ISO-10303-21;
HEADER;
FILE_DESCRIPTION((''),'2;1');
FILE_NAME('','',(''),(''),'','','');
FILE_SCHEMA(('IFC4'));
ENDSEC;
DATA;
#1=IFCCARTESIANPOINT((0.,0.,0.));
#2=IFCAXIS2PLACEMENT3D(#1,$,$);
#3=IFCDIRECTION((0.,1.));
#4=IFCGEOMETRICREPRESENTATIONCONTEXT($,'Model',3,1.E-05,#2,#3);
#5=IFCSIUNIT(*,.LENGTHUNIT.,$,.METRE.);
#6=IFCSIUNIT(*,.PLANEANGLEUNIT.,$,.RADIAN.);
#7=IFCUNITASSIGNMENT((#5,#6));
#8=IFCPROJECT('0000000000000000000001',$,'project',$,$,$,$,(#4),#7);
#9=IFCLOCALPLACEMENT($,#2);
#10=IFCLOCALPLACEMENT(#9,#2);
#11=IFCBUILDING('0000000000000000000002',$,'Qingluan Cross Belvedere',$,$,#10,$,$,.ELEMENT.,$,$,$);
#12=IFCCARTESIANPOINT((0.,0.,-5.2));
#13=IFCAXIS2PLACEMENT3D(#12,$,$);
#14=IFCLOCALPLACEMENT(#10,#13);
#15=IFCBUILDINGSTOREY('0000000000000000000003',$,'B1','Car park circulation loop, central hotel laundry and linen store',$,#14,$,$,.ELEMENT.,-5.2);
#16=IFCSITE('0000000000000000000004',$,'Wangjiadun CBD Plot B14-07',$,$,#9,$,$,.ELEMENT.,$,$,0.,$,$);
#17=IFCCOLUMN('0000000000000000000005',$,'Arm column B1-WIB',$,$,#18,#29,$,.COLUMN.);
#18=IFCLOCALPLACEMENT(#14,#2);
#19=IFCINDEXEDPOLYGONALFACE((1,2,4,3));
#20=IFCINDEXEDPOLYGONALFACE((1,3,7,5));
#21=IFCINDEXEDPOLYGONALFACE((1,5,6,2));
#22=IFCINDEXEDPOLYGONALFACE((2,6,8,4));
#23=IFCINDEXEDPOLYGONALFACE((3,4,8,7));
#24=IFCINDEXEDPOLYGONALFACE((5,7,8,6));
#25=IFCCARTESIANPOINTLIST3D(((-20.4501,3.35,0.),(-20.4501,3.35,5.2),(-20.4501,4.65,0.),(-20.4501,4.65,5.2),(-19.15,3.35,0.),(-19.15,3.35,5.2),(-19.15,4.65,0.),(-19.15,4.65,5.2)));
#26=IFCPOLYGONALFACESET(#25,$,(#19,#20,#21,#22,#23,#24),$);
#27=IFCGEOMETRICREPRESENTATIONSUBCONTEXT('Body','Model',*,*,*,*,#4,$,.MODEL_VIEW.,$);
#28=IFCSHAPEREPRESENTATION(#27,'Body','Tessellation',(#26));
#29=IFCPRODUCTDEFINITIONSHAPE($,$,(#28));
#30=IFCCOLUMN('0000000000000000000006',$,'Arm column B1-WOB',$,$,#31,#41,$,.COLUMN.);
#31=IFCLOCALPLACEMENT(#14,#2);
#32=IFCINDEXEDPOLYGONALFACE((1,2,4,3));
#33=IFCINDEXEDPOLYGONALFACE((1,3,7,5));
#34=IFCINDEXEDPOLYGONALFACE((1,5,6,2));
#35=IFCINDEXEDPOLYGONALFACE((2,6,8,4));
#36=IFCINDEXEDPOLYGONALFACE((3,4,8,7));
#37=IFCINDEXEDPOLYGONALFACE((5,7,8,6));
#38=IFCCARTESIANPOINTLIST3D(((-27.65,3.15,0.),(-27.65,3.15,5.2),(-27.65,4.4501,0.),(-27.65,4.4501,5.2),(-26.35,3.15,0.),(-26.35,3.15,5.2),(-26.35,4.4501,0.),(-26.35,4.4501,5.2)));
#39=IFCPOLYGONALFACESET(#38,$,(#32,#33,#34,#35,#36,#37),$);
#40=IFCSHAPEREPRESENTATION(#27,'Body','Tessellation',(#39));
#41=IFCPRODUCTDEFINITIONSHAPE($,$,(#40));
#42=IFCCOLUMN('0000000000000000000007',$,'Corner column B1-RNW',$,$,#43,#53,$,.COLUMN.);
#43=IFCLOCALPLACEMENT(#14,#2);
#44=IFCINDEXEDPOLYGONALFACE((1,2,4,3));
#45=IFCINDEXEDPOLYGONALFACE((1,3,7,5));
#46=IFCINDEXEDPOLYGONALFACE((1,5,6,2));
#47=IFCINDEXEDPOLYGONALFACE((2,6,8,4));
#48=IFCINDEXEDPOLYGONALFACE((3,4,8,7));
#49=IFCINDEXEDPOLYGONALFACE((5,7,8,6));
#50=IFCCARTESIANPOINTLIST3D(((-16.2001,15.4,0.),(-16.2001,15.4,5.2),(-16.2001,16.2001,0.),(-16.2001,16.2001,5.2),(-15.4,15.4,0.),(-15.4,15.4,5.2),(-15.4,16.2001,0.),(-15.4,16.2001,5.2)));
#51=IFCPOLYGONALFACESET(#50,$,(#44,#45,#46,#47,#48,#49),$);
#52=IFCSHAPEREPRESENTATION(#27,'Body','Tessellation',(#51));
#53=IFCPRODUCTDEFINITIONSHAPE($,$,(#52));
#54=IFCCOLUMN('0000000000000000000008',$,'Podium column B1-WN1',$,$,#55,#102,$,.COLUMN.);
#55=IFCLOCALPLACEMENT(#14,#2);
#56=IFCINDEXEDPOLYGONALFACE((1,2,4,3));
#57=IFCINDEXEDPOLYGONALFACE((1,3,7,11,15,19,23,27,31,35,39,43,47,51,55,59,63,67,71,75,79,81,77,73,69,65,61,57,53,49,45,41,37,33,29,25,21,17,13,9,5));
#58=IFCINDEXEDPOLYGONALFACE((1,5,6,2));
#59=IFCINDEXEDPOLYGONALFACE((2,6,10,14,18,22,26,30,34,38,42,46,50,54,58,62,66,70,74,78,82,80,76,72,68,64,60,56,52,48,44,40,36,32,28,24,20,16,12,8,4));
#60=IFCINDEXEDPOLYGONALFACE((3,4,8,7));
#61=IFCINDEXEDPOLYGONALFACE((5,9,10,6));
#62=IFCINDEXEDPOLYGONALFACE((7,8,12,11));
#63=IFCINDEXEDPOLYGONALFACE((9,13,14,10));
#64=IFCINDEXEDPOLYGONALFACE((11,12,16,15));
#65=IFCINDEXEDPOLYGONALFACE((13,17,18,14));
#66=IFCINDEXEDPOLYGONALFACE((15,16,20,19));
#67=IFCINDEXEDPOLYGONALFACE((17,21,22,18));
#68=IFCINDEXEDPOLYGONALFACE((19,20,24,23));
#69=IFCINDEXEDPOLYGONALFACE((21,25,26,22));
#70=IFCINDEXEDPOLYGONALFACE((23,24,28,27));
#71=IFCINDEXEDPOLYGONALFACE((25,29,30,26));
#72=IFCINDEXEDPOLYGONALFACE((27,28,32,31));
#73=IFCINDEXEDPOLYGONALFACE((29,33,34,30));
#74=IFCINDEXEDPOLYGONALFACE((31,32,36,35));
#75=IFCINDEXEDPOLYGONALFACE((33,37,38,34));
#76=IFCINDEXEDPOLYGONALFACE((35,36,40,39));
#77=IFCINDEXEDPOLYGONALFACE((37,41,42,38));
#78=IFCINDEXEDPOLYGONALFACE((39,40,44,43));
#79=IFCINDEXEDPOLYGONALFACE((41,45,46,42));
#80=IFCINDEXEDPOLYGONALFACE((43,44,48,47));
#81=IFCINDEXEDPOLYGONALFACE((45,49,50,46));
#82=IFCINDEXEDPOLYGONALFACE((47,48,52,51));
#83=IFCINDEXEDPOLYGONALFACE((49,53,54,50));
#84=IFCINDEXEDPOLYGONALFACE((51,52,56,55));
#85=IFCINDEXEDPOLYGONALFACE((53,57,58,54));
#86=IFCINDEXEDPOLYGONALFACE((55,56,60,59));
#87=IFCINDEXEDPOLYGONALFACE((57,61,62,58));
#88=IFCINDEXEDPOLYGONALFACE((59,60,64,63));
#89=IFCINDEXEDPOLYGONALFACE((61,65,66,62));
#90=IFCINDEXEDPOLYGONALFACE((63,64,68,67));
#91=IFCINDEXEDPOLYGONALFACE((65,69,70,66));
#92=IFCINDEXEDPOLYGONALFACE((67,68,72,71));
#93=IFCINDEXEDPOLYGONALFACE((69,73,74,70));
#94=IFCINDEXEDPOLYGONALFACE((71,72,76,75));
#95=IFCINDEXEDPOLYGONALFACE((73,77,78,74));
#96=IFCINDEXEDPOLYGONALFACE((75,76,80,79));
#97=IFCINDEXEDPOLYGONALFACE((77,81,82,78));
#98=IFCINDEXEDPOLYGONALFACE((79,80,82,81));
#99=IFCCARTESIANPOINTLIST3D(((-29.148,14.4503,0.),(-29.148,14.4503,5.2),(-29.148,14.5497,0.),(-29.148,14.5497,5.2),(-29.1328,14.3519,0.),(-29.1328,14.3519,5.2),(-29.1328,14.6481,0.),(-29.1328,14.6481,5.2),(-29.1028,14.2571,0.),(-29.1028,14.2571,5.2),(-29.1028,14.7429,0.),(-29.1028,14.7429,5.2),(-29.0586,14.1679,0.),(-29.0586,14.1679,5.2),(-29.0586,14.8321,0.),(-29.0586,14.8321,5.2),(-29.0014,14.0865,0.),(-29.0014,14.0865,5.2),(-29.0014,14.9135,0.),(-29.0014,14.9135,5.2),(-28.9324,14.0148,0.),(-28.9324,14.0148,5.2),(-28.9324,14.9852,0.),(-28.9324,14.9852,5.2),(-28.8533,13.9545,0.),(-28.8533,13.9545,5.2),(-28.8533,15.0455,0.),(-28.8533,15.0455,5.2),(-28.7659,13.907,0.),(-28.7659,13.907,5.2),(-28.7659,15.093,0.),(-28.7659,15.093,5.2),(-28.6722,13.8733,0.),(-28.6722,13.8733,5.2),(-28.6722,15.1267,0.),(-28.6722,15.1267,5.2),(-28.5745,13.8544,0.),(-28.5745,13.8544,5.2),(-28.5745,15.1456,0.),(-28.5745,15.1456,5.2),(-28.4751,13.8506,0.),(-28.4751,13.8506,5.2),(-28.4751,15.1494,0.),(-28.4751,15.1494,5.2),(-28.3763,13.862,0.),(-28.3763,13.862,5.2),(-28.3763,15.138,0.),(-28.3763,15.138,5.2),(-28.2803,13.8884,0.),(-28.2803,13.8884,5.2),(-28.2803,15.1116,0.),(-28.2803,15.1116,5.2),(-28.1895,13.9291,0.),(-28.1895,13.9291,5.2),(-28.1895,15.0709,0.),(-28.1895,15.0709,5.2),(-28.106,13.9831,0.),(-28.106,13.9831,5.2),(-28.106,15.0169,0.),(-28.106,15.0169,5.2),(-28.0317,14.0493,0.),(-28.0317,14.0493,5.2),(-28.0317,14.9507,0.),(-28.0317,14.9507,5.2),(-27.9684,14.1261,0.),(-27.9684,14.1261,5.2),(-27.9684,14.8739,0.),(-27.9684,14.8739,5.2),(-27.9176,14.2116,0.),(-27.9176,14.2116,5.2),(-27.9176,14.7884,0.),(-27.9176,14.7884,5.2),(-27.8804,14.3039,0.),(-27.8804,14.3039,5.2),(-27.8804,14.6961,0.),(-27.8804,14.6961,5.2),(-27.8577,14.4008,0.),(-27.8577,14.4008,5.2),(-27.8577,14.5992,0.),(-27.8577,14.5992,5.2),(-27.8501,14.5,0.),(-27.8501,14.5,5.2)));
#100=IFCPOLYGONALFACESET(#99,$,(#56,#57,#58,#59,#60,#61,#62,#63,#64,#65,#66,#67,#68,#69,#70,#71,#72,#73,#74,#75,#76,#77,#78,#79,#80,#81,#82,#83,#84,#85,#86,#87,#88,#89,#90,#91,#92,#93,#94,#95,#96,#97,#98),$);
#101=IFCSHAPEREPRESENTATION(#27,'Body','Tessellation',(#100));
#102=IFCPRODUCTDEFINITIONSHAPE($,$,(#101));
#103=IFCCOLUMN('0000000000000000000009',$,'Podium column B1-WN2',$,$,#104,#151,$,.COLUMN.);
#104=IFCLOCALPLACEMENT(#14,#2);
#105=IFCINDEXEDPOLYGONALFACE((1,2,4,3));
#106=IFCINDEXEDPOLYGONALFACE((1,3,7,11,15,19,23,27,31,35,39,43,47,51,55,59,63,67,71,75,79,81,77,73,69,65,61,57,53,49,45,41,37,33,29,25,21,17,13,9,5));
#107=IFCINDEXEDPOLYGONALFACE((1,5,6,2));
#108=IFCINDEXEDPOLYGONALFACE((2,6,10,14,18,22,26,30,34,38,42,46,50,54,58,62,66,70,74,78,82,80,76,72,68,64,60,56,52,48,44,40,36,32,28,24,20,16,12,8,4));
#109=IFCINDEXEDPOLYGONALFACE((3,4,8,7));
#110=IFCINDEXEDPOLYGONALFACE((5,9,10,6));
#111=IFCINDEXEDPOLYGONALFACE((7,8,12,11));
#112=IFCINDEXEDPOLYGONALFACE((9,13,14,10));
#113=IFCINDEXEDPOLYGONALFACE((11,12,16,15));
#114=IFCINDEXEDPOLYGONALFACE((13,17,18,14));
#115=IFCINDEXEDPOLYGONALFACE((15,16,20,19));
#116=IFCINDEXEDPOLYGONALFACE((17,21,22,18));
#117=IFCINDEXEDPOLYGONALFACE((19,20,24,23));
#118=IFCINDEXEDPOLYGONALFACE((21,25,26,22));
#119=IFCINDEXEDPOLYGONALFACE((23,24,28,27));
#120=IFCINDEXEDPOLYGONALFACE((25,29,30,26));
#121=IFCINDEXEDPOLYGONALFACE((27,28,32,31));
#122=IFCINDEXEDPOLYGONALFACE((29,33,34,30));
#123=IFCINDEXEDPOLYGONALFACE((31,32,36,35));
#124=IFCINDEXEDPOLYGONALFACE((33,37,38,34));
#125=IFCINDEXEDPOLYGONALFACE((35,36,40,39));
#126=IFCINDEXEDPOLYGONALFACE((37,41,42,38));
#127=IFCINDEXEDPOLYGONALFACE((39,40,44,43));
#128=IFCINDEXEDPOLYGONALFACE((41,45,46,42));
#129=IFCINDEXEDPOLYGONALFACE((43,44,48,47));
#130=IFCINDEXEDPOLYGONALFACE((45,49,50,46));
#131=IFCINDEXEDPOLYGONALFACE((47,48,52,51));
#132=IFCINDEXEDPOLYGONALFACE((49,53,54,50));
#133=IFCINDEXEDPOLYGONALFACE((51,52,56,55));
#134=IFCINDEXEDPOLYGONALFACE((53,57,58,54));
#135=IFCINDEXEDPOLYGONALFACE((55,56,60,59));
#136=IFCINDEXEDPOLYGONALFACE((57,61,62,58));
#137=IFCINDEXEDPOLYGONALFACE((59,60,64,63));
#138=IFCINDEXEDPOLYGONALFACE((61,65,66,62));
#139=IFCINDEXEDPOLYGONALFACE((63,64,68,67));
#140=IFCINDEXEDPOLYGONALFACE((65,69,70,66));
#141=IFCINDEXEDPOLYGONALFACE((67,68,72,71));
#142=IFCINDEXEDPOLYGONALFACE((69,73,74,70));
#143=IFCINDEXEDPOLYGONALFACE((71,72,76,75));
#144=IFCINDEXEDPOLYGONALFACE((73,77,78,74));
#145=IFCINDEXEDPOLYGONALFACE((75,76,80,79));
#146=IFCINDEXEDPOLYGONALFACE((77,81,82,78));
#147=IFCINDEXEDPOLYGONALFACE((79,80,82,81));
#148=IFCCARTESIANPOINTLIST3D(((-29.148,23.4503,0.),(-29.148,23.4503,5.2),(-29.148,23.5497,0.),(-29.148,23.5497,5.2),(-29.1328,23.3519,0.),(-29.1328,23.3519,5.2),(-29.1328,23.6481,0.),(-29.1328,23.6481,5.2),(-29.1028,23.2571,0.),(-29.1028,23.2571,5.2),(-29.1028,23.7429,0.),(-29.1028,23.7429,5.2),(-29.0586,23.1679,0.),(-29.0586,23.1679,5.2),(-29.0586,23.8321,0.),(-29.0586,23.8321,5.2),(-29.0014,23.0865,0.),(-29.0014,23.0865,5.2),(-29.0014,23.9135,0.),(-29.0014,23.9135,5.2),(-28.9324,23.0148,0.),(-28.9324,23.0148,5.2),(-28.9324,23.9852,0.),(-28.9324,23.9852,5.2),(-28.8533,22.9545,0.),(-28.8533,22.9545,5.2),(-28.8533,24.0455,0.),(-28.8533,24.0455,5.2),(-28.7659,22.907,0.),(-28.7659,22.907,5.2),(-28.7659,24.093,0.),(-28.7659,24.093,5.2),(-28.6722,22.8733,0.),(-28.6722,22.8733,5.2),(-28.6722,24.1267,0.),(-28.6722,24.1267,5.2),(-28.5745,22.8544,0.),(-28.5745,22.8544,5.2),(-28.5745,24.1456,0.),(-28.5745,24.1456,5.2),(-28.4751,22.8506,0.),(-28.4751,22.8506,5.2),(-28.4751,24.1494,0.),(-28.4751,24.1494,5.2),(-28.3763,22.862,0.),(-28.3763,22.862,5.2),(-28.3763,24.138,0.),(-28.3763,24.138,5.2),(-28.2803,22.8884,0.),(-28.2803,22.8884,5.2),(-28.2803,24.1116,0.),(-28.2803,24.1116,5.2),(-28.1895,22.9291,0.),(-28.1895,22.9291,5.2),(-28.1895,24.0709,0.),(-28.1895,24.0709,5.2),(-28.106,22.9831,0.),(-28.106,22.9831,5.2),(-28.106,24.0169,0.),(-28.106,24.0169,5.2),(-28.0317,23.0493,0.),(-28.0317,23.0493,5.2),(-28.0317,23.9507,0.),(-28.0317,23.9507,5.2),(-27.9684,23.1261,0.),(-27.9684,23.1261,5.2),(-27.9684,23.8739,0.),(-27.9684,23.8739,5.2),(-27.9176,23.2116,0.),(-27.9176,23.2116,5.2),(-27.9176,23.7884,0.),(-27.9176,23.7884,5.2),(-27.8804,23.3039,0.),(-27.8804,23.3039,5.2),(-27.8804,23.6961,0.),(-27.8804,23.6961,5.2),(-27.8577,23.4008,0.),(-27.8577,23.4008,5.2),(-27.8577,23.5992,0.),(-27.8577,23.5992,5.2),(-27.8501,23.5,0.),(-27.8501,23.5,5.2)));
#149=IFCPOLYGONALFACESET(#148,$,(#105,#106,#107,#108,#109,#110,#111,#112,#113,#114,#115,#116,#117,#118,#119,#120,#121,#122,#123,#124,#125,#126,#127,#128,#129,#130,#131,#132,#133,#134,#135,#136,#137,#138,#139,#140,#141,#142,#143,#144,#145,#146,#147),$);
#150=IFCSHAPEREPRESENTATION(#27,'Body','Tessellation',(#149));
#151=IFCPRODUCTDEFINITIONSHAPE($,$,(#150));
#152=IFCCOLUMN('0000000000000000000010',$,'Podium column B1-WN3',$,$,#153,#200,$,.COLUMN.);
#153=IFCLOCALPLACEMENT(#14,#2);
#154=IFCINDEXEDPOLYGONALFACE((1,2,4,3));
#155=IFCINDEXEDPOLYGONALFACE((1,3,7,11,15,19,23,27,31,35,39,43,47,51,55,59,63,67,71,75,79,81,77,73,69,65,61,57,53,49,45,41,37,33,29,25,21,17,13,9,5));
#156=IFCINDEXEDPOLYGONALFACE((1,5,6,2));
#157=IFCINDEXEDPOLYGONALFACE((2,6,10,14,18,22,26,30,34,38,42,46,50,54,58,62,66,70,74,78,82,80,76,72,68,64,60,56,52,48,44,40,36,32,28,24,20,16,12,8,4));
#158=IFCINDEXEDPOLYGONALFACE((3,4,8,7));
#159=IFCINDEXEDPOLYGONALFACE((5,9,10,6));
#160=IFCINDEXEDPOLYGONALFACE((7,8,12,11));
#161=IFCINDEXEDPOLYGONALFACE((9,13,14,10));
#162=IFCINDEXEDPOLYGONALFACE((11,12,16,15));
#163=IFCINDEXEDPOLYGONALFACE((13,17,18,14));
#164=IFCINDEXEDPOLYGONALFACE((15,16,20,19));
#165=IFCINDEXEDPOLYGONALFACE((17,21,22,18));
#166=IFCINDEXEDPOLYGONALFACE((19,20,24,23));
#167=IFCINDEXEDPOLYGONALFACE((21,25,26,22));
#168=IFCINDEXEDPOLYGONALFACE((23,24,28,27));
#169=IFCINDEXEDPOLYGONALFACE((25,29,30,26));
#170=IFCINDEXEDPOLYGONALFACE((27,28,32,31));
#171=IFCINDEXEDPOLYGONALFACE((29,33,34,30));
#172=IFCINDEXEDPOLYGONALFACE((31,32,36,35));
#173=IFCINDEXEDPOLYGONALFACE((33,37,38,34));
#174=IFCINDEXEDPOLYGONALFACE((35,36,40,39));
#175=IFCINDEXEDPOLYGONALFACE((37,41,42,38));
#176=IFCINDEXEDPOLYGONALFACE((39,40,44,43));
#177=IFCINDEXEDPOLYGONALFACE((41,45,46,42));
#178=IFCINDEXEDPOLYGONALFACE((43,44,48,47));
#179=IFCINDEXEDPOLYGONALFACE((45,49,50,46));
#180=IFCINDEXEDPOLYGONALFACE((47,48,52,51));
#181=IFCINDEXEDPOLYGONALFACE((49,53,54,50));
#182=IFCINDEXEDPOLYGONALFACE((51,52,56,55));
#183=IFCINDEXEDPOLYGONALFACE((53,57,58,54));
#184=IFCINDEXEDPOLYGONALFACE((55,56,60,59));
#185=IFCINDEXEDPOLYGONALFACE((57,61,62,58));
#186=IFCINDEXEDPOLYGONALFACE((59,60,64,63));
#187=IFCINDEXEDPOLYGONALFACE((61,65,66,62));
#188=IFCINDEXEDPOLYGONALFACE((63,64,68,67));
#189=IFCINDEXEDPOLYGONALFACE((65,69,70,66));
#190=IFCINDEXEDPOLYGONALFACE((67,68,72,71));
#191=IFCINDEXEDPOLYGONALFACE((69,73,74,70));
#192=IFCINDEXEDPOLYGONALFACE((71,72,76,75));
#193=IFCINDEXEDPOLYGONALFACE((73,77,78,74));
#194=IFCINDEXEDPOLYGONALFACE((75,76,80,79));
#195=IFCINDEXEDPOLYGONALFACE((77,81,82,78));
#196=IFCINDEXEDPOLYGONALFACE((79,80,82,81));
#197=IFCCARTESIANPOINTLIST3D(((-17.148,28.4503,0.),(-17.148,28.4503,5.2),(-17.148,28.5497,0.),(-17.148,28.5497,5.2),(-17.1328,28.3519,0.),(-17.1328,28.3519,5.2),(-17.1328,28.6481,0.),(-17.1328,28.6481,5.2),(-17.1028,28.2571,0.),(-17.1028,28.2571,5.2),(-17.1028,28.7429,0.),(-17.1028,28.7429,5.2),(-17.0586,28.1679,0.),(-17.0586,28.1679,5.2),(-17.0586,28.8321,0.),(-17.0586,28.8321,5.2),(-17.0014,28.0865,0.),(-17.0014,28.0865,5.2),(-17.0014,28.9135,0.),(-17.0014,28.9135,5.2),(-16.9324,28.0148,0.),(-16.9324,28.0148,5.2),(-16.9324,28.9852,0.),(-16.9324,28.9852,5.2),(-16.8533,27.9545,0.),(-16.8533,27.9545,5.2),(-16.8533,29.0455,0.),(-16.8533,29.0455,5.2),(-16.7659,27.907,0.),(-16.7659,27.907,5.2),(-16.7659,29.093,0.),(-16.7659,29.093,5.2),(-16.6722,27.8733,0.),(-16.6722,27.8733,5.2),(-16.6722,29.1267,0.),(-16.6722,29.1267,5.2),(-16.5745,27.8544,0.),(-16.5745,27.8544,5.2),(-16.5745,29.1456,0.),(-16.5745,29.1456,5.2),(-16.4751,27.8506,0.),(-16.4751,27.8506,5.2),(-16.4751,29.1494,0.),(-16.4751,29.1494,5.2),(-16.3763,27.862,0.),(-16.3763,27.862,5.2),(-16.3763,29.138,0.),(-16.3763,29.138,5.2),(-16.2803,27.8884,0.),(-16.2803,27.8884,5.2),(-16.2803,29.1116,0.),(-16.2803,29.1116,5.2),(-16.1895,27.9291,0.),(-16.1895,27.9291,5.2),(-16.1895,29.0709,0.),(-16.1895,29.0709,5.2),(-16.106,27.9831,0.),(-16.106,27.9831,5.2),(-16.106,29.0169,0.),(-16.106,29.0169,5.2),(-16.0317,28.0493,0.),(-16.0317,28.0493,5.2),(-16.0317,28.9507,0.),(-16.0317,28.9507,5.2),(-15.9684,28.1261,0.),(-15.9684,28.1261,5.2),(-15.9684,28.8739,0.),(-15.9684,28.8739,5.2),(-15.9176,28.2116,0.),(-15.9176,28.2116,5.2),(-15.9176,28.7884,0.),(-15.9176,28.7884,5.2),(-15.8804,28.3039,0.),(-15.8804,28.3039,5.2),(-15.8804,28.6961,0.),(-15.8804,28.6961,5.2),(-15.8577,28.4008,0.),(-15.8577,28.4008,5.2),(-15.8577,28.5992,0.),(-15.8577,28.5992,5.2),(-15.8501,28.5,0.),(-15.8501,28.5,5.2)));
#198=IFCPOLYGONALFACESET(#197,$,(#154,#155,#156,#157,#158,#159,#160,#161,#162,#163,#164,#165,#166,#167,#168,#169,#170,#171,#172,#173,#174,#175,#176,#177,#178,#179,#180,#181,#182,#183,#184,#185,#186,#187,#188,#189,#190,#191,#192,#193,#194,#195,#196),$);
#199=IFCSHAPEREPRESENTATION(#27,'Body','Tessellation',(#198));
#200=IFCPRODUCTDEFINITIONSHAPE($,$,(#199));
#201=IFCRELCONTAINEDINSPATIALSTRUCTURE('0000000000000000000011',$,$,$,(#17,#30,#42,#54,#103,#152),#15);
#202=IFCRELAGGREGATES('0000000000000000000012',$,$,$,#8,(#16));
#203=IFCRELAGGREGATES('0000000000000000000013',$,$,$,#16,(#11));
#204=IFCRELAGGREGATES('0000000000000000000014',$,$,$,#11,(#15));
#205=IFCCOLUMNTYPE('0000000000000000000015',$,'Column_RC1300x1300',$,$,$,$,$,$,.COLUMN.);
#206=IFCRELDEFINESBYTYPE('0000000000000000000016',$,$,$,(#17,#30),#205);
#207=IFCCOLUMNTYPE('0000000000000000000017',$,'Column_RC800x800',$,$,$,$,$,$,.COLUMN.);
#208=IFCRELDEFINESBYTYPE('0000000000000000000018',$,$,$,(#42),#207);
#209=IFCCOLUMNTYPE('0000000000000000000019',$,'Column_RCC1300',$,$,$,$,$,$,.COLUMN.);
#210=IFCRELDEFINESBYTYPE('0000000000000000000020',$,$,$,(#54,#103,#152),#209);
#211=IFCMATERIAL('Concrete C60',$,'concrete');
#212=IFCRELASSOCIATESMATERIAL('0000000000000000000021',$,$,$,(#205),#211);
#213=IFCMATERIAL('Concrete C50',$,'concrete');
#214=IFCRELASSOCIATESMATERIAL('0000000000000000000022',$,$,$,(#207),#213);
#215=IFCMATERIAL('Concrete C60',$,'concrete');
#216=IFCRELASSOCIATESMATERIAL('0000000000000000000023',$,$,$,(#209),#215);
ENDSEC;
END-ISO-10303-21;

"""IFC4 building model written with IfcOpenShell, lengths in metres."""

from ifc_helpers import new_model, si_unit, direction, frame, origin, origin_2d, place, context, subcontext, project, spatial, rectangle, circle, extrude, material, material_profile, profile_set, type_object, element, save


model = new_model("IFC4")

# Units and contexts
model_context = context("Model", 3, precision=1e-05, world=origin(), true_north=direction((0.0, 1.0)))
body_context = subcontext(model_context, "Body", "Model", "MODEL_VIEW")
ifc_project = project(units=[si_unit("LENGTHUNIT", "METRE"), si_unit("PLANEANGLEUNIT", "RADIAN")], contexts=[model_context])

# Site, building, storey
site_placement = place(None, origin())
site = spatial("IfcSite", under=ifc_project, at=site_placement, Name="Wangjiadun CBD Plot B14-07", CompositionType="ELEMENT", RefElevation=0.0)
building_placement = place(site_placement, origin())
building = spatial("IfcBuilding", under=site, at=building_placement, Name="Qingluan Cross Belvedere", CompositionType="ELEMENT")
storey_placement = place(building_placement, frame((0.0, 0.0, -5.2)))
storey = spatial("IfcBuildingStorey", under=building, at=storey_placement, Name="B1", Description="Car park circulation loop, central hotel laundry and linen store", CompositionType="ELEMENT", Elevation=-5.2)

# Columns
ifc_material_1 = material(Name="Concrete C60", Category="concrete")
ifc_material_profile_1 = material_profile(ifc_material_1, rectangle(XDim=1.3, YDim=1.3, at=origin_2d()), Name="RC1300x1300")
ifc_profile_set_1 = profile_set([ifc_material_profile_1], Name="Concrete C60")
column_type_1 = type_object("IfcColumnType", Name="Column_RC1300x1300", PredefinedType="COLUMN", material=ifc_profile_set_1)
for number, where, z_axis, x_axis, name in (
    (1, (-19.8, 4.0, 0.0), (0.0, 0.0, 1.0), (1.0, 0.0, 0.0), "Arm column B1-WIB"),
    (2, (-27.0, 3.8, 0.0), (0.0, 0.0, 1.0), (1.0, 0.0, 0.0), "Arm column B1-WOB"),
):
    element("IfcColumn", number, at=place(storey_placement, frame(where, z_axis=z_axis, x_axis=x_axis)), inside=storey, type_object=column_type_1, Name=name, PredefinedType="COLUMN", context=body_context, shape_type="SweptSolid", body=[
        extrude(rectangle(XDim=1.3, YDim=1.3, at=origin_2d()), origin(), (0.0, 0.0, 1.0), 5.2),
    ])
ifc_material_2 = material(Name="Concrete C50", Category="concrete")
ifc_material_profile_2 = material_profile(ifc_material_2, rectangle(XDim=0.8, YDim=0.8, at=origin_2d()), Name="RC800x800")
ifc_profile_set_2 = profile_set([ifc_material_profile_2], Name="Concrete C50")
column_type_2 = type_object("IfcColumnType", Name="Column_RC800x800", PredefinedType="COLUMN", material=ifc_profile_set_2)
column_1_placement = place(storey_placement, frame((-15.8, 15.8, 0.0), z_axis=(0.0, 0.0, 1.0), x_axis=(1.0, 0.0, 0.0)))
element("IfcColumn", 3, at=column_1_placement, inside=storey, type_object=column_type_2, Name="Corner column B1-RNW", PredefinedType="COLUMN", context=body_context, shape_type="SweptSolid", body=[
    extrude(rectangle(XDim=0.8, YDim=0.8, at=origin_2d()), origin(), (0.0, 0.0, 1.0), 5.2),
])
ifc_material_3 = material(Name="Concrete C60", Category="concrete")
ifc_material_profile_3 = material_profile(ifc_material_3, circle(Radius=0.6499, at=origin_2d()), Name="RCC1300")
ifc_profile_set_3 = profile_set([ifc_material_profile_3], Name="Concrete C60")
column_type_3 = type_object("IfcColumnType", Name="Column_RCC1300", PredefinedType="COLUMN", material=ifc_profile_set_3)
for number, where, z_axis, x_axis, name in (
    (4, (-28.5, 14.5, 0.0), (0.0, 0.0, 1.0), (1.0, 0.0, 0.0), "Podium column B1-WN1"),
    (5, (-28.5, 23.5, 0.0), (0.0, 0.0, 1.0), (1.0, 0.0, 0.0), "Podium column B1-WN2"),
    (6, (-16.5, 28.5, 0.0), (0.0, 0.0, 1.0), (1.0, 0.0, 0.0), "Podium column B1-WN3"),
):
    element("IfcColumn", number, at=place(storey_placement, frame(where, z_axis=z_axis, x_axis=x_axis)), inside=storey, type_object=column_type_3, Name=name, PredefinedType="COLUMN", context=body_context, shape_type="SweptSolid", body=[
        extrude(circle(Radius=0.6499, at=origin_2d()), origin(), (0.0, 0.0, 1.0), 5.2),
    ])

save(model, "model.ifc")
